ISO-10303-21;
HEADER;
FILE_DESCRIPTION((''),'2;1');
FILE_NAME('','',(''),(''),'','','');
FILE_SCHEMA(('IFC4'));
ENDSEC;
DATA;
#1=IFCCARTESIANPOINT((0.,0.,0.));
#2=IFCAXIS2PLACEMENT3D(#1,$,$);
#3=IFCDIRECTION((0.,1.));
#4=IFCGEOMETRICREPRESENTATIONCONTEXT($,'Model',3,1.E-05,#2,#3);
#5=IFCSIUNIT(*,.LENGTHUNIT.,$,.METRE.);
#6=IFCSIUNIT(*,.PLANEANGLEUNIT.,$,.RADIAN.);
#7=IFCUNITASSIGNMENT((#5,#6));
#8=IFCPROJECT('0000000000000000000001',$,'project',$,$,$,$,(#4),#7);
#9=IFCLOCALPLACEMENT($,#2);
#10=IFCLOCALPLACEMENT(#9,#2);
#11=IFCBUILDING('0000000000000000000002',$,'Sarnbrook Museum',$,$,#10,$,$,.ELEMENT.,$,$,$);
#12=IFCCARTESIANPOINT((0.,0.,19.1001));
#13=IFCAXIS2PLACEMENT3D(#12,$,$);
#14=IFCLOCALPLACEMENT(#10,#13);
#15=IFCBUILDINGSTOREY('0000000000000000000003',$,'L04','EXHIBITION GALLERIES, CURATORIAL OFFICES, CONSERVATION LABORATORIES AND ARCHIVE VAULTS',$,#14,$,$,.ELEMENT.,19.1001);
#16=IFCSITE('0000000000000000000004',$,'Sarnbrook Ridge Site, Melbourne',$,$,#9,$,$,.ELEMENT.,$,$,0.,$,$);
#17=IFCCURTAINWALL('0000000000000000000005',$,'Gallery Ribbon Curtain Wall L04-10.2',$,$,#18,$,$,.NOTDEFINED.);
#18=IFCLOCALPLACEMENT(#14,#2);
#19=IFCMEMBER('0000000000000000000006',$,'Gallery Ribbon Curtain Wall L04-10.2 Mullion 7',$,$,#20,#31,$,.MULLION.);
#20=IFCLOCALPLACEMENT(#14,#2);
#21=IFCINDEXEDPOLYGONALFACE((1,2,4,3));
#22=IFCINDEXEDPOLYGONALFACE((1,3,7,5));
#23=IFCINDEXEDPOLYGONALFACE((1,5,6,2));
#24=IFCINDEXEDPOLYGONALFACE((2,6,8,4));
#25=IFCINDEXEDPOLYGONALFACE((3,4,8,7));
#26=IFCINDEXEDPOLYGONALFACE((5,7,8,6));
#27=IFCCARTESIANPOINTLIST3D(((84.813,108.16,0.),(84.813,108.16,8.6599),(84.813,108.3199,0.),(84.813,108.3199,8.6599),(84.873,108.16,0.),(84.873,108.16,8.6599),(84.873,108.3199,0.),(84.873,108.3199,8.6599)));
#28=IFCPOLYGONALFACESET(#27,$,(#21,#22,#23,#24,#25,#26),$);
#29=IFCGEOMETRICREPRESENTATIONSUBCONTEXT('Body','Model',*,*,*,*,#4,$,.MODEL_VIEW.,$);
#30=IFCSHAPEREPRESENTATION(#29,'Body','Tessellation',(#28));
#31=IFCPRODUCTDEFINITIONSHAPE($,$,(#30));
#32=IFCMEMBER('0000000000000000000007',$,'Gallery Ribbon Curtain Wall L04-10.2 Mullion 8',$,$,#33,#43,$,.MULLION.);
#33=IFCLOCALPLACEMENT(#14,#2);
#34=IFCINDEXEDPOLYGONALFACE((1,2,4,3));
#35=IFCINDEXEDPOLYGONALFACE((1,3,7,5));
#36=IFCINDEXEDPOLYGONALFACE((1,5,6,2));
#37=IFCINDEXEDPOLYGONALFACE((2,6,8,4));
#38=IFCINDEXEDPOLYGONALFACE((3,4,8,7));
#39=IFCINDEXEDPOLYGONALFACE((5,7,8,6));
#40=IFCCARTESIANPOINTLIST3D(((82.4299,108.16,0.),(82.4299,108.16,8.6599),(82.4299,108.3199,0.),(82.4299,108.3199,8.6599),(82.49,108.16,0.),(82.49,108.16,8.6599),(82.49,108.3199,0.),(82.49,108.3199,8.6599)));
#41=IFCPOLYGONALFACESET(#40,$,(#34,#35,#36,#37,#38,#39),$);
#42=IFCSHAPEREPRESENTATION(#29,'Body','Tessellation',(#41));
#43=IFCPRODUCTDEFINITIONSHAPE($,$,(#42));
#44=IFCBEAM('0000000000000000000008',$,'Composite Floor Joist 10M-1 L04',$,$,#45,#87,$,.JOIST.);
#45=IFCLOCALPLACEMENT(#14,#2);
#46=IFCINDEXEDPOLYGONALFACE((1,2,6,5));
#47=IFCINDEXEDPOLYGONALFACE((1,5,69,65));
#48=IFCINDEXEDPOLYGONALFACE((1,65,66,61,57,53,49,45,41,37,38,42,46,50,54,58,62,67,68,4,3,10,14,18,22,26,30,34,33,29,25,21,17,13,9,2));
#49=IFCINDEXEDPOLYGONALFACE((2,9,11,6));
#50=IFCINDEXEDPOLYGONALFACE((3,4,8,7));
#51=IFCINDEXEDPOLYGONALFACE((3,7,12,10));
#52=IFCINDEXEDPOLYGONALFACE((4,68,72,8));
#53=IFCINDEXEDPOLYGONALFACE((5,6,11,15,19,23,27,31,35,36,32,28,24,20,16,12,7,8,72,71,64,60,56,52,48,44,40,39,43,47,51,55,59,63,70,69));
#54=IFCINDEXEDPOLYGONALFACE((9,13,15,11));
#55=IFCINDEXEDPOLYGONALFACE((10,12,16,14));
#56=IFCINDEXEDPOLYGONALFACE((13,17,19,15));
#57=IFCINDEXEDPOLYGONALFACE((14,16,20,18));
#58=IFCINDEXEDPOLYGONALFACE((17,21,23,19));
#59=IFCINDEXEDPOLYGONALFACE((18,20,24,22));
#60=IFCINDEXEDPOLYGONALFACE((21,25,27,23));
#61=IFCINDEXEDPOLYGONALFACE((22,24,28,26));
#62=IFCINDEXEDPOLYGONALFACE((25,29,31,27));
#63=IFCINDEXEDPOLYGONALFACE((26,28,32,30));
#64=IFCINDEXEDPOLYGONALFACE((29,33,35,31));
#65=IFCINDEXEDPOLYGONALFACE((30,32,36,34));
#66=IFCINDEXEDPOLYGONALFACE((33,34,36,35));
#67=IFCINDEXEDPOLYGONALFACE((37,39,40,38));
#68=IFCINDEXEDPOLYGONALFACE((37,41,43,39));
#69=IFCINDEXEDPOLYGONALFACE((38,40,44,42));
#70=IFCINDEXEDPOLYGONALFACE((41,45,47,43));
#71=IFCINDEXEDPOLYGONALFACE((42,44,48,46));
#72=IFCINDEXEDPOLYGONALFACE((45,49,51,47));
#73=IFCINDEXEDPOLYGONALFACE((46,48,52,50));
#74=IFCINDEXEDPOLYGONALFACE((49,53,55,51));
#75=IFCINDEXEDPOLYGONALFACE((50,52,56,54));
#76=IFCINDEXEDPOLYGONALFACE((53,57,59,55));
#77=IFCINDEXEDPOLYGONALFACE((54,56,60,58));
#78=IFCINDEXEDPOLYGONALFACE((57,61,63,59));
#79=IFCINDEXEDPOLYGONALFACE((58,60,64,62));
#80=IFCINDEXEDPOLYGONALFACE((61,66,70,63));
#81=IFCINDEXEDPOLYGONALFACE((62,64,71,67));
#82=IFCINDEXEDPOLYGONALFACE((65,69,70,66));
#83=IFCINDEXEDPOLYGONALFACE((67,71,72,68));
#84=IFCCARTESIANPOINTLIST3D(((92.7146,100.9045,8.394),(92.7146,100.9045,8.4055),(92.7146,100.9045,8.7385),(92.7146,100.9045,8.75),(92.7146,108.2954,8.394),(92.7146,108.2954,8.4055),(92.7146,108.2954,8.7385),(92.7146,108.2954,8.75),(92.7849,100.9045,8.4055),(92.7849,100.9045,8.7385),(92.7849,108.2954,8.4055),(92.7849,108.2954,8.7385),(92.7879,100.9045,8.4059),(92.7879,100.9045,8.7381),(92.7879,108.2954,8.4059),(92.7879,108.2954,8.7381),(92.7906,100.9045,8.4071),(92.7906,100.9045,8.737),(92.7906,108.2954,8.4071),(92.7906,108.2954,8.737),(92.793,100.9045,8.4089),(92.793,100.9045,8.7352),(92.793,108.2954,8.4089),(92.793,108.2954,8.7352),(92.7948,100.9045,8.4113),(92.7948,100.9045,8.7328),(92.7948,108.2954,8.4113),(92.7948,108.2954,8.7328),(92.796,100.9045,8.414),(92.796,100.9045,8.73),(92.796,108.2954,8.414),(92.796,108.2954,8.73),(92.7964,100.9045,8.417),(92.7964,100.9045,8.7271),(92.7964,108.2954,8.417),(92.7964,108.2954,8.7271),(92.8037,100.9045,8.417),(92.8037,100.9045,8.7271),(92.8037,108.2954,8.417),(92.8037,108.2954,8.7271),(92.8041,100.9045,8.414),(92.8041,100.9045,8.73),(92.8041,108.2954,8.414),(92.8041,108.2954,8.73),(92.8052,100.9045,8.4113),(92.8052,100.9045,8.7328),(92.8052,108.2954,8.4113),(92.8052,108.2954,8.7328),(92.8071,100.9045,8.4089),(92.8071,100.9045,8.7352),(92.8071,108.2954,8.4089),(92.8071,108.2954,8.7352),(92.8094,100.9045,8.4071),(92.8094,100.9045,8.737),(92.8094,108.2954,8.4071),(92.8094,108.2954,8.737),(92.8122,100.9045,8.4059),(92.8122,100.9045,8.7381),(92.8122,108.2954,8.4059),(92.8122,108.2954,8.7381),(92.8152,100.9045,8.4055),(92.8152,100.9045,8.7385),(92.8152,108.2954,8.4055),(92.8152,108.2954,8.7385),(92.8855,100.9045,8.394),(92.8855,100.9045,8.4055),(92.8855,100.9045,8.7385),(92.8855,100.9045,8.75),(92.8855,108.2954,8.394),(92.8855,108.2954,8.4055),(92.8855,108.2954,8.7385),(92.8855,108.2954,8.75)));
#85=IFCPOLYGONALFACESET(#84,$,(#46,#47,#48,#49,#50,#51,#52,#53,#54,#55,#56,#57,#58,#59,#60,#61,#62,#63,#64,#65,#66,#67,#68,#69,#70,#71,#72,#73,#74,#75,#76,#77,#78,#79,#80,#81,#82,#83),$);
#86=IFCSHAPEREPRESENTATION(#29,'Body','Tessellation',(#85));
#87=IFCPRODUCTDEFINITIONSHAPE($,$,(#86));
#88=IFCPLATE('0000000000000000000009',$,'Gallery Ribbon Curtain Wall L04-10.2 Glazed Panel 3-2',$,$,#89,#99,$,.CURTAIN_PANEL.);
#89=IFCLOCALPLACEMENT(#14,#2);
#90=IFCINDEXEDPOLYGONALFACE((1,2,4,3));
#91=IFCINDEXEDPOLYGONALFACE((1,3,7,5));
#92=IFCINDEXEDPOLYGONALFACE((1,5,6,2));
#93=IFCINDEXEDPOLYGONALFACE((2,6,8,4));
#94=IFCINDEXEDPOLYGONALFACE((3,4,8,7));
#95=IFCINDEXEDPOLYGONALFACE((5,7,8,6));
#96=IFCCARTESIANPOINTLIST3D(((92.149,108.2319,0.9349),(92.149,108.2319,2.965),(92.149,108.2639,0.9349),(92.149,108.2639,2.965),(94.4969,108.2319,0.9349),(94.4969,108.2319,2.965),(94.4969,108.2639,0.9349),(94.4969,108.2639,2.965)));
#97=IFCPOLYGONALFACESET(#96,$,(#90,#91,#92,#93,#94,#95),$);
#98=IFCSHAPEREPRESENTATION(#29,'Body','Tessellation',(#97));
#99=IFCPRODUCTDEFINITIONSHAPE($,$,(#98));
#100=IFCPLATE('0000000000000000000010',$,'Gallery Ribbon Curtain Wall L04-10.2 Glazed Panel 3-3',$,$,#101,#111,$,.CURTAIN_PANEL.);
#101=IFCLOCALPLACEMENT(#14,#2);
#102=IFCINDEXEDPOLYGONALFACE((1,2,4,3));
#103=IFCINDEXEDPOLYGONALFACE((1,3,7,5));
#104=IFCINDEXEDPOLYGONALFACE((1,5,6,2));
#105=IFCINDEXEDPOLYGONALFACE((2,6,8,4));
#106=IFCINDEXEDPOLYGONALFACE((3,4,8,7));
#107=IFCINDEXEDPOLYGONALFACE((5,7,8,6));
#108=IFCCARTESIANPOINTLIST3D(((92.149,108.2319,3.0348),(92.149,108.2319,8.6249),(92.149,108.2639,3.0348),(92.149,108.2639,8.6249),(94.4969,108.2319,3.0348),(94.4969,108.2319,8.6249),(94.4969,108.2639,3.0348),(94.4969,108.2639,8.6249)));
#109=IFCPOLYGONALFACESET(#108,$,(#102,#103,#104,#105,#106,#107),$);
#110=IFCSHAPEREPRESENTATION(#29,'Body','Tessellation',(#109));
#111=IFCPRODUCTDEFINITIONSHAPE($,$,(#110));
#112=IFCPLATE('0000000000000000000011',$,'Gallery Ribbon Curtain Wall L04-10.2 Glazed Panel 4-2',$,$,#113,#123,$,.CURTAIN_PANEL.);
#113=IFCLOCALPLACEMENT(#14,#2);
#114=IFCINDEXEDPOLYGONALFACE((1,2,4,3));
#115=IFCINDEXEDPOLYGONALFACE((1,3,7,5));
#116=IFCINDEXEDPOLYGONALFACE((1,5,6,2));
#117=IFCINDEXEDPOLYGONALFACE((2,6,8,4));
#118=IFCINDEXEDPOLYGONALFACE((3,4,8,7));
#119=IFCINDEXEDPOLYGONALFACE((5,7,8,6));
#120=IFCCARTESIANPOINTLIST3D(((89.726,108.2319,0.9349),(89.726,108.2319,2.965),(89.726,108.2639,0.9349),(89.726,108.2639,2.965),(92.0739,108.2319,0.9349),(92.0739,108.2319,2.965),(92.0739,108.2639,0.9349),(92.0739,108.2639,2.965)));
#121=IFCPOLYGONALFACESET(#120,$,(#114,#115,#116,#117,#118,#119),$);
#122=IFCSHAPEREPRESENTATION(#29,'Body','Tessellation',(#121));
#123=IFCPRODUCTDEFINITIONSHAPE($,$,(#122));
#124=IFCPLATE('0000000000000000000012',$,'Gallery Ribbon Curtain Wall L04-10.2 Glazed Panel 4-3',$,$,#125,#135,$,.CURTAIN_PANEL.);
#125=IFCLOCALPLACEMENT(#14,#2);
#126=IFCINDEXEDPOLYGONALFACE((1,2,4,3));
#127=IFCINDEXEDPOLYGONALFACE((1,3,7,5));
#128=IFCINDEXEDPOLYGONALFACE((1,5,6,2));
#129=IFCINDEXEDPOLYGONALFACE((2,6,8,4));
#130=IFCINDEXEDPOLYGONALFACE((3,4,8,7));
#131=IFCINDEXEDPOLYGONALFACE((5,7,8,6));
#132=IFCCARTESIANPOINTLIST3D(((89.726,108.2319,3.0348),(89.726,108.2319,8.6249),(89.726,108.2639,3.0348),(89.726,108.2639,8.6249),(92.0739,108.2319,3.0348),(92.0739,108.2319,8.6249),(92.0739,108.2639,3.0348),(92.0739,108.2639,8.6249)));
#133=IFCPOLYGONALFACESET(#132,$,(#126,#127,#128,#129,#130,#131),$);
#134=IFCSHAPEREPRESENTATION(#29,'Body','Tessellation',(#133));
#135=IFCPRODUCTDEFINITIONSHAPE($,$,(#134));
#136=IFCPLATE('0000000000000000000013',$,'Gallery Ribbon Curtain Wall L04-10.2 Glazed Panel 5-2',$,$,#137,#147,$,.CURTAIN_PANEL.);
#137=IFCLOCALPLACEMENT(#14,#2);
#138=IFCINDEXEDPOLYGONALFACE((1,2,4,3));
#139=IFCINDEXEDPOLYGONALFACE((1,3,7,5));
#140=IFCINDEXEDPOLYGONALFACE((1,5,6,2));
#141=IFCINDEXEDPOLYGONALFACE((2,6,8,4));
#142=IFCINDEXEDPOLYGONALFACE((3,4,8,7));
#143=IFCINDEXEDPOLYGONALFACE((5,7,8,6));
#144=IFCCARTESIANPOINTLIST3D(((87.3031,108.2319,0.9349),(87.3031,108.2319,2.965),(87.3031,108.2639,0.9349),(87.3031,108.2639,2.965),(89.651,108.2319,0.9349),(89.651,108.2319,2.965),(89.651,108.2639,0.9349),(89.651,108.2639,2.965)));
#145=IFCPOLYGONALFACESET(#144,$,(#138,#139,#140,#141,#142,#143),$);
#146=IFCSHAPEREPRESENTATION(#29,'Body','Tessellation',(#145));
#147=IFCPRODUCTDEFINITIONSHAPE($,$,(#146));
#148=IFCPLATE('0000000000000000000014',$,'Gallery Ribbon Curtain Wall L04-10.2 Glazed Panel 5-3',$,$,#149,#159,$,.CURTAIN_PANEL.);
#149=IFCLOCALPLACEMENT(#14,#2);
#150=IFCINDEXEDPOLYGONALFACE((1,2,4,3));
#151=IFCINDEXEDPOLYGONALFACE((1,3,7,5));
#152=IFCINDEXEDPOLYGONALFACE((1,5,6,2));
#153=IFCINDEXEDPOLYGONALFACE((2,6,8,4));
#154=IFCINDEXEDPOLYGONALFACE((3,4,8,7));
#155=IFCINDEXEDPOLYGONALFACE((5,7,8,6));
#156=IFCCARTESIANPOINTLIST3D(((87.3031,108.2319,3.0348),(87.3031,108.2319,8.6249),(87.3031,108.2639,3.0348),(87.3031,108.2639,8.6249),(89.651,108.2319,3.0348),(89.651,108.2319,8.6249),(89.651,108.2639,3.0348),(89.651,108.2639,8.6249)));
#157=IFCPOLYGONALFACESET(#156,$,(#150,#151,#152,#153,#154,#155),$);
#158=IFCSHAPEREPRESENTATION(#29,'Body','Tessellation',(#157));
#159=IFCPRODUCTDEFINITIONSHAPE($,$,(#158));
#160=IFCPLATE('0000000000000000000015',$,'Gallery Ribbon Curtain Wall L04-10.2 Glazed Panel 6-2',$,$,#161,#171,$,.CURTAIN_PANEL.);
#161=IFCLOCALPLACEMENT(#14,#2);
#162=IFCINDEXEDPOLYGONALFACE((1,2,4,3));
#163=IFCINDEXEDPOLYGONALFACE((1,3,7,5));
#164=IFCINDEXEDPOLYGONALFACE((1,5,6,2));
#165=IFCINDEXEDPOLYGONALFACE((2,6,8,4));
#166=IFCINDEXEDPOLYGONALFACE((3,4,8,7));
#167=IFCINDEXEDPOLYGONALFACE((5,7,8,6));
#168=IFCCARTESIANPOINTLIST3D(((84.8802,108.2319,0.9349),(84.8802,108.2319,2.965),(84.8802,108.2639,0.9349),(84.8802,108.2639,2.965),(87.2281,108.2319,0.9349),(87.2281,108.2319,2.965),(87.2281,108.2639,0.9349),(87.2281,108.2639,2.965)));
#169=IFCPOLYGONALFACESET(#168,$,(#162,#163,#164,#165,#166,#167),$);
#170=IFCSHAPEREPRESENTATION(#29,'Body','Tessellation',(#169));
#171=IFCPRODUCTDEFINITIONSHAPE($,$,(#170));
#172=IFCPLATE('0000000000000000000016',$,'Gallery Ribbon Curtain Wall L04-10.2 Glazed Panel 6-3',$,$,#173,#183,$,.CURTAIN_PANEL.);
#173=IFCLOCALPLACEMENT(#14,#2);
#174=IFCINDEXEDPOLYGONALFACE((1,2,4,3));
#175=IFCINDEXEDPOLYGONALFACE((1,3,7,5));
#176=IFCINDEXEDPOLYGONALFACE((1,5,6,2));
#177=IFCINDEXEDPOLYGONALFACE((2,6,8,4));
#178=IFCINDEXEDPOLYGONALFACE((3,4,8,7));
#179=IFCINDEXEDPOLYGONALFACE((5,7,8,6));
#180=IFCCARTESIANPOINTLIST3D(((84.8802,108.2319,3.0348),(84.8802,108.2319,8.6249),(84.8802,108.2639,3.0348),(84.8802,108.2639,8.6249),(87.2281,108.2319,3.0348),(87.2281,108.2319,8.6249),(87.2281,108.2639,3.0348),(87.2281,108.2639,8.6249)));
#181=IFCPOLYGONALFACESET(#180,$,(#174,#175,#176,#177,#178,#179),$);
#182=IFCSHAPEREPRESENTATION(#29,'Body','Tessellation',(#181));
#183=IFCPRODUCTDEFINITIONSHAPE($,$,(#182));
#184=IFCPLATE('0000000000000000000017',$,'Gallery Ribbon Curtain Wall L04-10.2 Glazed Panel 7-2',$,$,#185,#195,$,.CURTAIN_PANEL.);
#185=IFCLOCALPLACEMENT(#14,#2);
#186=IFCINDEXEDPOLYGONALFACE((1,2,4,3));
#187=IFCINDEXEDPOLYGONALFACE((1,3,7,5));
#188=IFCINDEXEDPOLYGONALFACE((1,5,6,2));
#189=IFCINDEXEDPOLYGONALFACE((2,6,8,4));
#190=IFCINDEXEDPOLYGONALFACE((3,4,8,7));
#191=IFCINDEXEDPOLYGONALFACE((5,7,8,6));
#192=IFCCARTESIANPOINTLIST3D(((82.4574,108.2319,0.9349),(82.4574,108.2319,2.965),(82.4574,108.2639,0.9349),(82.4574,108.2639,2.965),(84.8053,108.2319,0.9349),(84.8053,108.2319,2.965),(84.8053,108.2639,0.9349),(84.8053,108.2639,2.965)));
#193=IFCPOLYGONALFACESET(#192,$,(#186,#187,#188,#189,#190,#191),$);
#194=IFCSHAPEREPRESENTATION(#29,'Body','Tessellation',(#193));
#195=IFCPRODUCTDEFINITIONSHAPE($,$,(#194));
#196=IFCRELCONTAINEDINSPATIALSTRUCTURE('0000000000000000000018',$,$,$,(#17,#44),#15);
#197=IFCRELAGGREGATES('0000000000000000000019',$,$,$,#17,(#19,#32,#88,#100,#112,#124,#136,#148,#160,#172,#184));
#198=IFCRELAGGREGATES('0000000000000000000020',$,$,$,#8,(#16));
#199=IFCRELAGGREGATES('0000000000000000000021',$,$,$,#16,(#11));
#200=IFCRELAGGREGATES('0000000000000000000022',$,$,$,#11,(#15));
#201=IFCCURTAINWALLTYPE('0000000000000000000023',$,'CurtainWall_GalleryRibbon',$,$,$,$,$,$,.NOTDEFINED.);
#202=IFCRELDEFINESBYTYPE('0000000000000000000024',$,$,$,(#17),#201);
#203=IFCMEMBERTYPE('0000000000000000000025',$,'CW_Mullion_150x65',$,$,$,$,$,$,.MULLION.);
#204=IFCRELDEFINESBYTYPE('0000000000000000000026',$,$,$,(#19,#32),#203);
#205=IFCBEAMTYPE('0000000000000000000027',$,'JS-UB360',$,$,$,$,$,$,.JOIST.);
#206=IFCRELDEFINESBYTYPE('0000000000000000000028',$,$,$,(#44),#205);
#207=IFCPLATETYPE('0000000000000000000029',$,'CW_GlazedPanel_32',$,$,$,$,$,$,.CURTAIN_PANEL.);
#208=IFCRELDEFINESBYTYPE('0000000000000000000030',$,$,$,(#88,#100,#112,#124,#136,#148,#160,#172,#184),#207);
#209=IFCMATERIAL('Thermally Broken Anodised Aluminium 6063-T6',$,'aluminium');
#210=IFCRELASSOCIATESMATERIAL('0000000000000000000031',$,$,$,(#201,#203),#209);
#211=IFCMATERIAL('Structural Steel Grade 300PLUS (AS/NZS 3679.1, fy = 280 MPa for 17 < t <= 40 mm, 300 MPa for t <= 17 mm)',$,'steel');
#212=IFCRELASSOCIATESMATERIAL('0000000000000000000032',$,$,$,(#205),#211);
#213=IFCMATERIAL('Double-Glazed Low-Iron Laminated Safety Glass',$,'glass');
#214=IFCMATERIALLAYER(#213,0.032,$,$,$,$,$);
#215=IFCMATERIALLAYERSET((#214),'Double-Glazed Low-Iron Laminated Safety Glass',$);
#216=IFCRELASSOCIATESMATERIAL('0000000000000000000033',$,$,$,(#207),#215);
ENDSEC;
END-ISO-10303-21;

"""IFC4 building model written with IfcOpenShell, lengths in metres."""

from ifc_helpers import new_model, si_unit, direction, frame, origin, origin_2d, place, context, subcontext, project, spatial, rectangle, i_section, extrude, material, layer, layer_set, material_profile, profile_set, type_object, element, aggregate, save


model = new_model("IFC4")

# Units and contexts
model_context = context("Model", 3, precision=1e-05, world=origin(), true_north=direction((0.0, 1.0)))
body_context = subcontext(model_context, "Body", "Model", "MODEL_VIEW")
ifc_project = project(units=[si_unit("LENGTHUNIT", "METRE"), si_unit("PLANEANGLEUNIT", "RADIAN")], contexts=[model_context])

# Site, building, storey
site_placement = place(None, origin())
site = spatial("IfcSite", under=ifc_project, at=site_placement, Name="Sarnbrook Ridge Site, Melbourne", CompositionType="ELEMENT", RefElevation=0.0)
building_placement = place(site_placement, origin())
building = spatial("IfcBuilding", under=site, at=building_placement, Name="Sarnbrook Museum", CompositionType="ELEMENT")
storey_placement = place(building_placement, frame((0.0, 0.0, 19.1001)))
storey = spatial("IfcBuildingStorey", under=building, at=storey_placement, Name="L04", Description="EXHIBITION GALLERIES, CURATORIAL OFFICES, CONSERVATION LABORATORIES AND ARCHIVE VAULTS", CompositionType="ELEMENT", Elevation=19.1001)

# Shared definitions
ifc_material_1 = material(Name="Structural Steel Grade 300PLUS (AS/NZS 3679.1, fy = 280 MPa for 17 < t <= 40 mm, 300 MPa for t <= 17 mm)", Category="steel")

# Curtain wall, members
ifc_material_2 = material(Name="Thermally Broken Anodised Aluminium 6063-T6", Category="aluminium")
curtain_wall_type = type_object("IfcCurtainWallType", Name="CurtainWall_GalleryRibbon", PredefinedType="NOTDEFINED", material=ifc_material_2)
curtain_wall_placement = place(storey_placement, origin())
curtain_wall = element("IfcCurtainWall", 1, at=curtain_wall_placement, inside=storey, type_object=curtain_wall_type, Name="Gallery Ribbon Curtain Wall L04-10.2", PredefinedType="NOTDEFINED")
ifc_material_profile_1 = material_profile(ifc_material_2, rectangle(XDim=0.0601, YDim=0.1599, at=origin_2d()), Name="ALU MULLION 60x160")
ifc_profile_set_1 = profile_set([ifc_material_profile_1], Name="Thermally Broken Anodised Aluminium 6063-T6")
member_type = type_object("IfcMemberType", Name="CW_Mullion_150x65", PredefinedType="MULLION", material=ifc_profile_set_1)
member_1_placement = place(storey_placement, frame((84.843, 108.24, 0.0), z_axis=(0.0, 0.0, 1.0), x_axis=(1.0, 0.0, 0.0)))
member_1 = element("IfcMember", 2, at=member_1_placement, type_object=member_type, Name="Gallery Ribbon Curtain Wall L04-10.2 Mullion 7", PredefinedType="MULLION", context=body_context, shape_type="SweptSolid", body=[
    extrude(rectangle(XDim=0.0601, YDim=0.1599, at=origin_2d()), origin(), (0.0, 0.0, 1.0), 8.6599),
])
member_2_placement = place(storey_placement, frame((82.46, 108.24, 0.0), z_axis=(0.0, 0.0, 1.0), x_axis=(1.0, 0.0, 0.0)))
member_2 = element("IfcMember", 3, at=member_2_placement, type_object=member_type, Name="Gallery Ribbon Curtain Wall L04-10.2 Mullion 8", PredefinedType="MULLION", context=body_context, shape_type="SweptSolid", body=[
    extrude(rectangle(XDim=0.0601, YDim=0.1599, at=origin_2d()), origin(), (0.0, 0.0, 1.0), 8.6599),
])

# Beam
ifc_material_profile_2 = material_profile(ifc_material_1, i_section(OverallWidth=0.1709, OverallDepth=0.356, WebThickness=0.0073, FlangeThickness=0.0115, FilletRadius=0.0115, at=origin_2d()), Name="360UB50.7")
ifc_profile_set_2 = profile_set([ifc_material_profile_2], Name="Structural Steel Grade 300PLUS (AS/NZS 3679.1, fy = 280 MPa for 17 < t <= 40 mm, 300 MPa for t <= 17 mm)")
beam_type_1 = type_object("IfcBeamType", Name="JS-UB360", PredefinedType="JOIST", material=ifc_profile_set_2)
beam_1_placement = place(storey_placement, frame((92.8, 100.9045, 8.572), z_axis=(0.0, 1.0, 0.0), x_axis=(-1.0, 0.0, 0.0)))
element("IfcBeam", 4, at=beam_1_placement, inside=storey, type_object=beam_type_1, Name="Composite Floor Joist 10M-1 L04", PredefinedType="JOIST", context=body_context, shape_type="SweptSolid", body=[
    extrude(i_section(OverallWidth=0.1709, OverallDepth=0.356, WebThickness=0.0073, FlangeThickness=0.0115, FilletRadius=0.0115, at=origin_2d()), origin(), (0.0, 0.0, 1.0), 7.3909),
])

# Plates
ifc_material_3 = material(Name="Double-Glazed Low-Iron Laminated Safety Glass", Category="glass")
ifc_layer_1 = layer(ifc_material_3, 0.032)
ifc_layer_set_1 = layer_set([ifc_layer_1], Name="Double-Glazed Low-Iron Laminated Safety Glass")
plate_type_1 = type_object("IfcPlateType", Name="CW_GlazedPanel_32", PredefinedType="CURTAIN_PANEL", material=ifc_layer_set_1)
plate_1_placement = place(storey_placement, frame((93.323, 108.2319, 1.95), z_axis=(0.0, 1.0, 0.0), x_axis=(-1.0, 0.0, 0.0)))
plate_1 = element("IfcPlate", 5, at=plate_1_placement, type_object=plate_type_1, Name="Gallery Ribbon Curtain Wall L04-10.2 Glazed Panel 3-2", PredefinedType="CURTAIN_PANEL", context=body_context, shape_type="SweptSolid", body=[
    extrude(rectangle(XDim=2.3479, YDim=2.03, at=origin_2d()), origin(), (0.0, 0.0, 1.0), 0.032),
])
plate_2_placement = place(storey_placement, frame((93.323, 108.2319, 5.8298), z_axis=(0.0, 1.0, 0.0), x_axis=(-1.0, 0.0, 0.0)))
plate_2 = element("IfcPlate", 6, at=plate_2_placement, type_object=plate_type_1, Name="Gallery Ribbon Curtain Wall L04-10.2 Glazed Panel 3-3", PredefinedType="CURTAIN_PANEL", context=body_context, shape_type="SweptSolid", body=[
    extrude(rectangle(XDim=2.3479, YDim=5.5901, at=origin_2d()), origin(), (0.0, 0.0, 1.0), 0.032),
])
plate_3_placement = place(storey_placement, frame((90.8999, 108.2319, 1.95), z_axis=(0.0, 1.0, 0.0), x_axis=(-1.0, 0.0, 0.0)))
plate_3 = element("IfcPlate", 7, at=plate_3_placement, type_object=plate_type_1, Name="Gallery Ribbon Curtain Wall L04-10.2 Glazed Panel 4-2", PredefinedType="CURTAIN_PANEL", context=body_context, shape_type="SweptSolid", body=[
    extrude(rectangle(XDim=2.3479, YDim=2.03, at=origin_2d()), origin(), (0.0, 0.0, 1.0), 0.032),
])
plate_4_placement = place(storey_placement, frame((90.8999, 108.2319, 5.8298), z_axis=(0.0, 1.0, 0.0), x_axis=(-1.0, 0.0, 0.0)))
plate_4 = element("IfcPlate", 8, at=plate_4_placement, type_object=plate_type_1, Name="Gallery Ribbon Curtain Wall L04-10.2 Glazed Panel 4-3", PredefinedType="CURTAIN_PANEL", context=body_context, shape_type="SweptSolid", body=[
    extrude(rectangle(XDim=2.3479, YDim=5.5901, at=origin_2d()), origin(), (0.0, 0.0, 1.0), 0.032),
])
plate_5_placement = place(storey_placement, frame((88.4771, 108.2319, 1.95), z_axis=(0.0, 1.0, 0.0), x_axis=(-1.0, 0.0, 0.0)))
plate_5 = element("IfcPlate", 9, at=plate_5_placement, type_object=plate_type_1, Name="Gallery Ribbon Curtain Wall L04-10.2 Glazed Panel 5-2", PredefinedType="CURTAIN_PANEL", context=body_context, shape_type="SweptSolid", body=[
    extrude(rectangle(XDim=2.3479, YDim=2.03, at=origin_2d()), origin(), (0.0, 0.0, 1.0), 0.032),
])
plate_6_placement = place(storey_placement, frame((88.4771, 108.2319, 5.8298), z_axis=(0.0, 1.0, 0.0), x_axis=(-1.0, 0.0, 0.0)))
plate_6 = element("IfcPlate", 10, at=plate_6_placement, type_object=plate_type_1, Name="Gallery Ribbon Curtain Wall L04-10.2 Glazed Panel 5-3", PredefinedType="CURTAIN_PANEL", context=body_context, shape_type="SweptSolid", body=[
    extrude(rectangle(XDim=2.3479, YDim=5.5901, at=origin_2d()), origin(), (0.0, 0.0, 1.0), 0.032),
])
plate_7_placement = place(storey_placement, frame((86.0542, 108.2319, 1.95), z_axis=(0.0, 1.0, 0.0), x_axis=(-1.0, 0.0, 0.0)))
plate_7 = element("IfcPlate", 11, at=plate_7_placement, type_object=plate_type_1, Name="Gallery Ribbon Curtain Wall L04-10.2 Glazed Panel 6-2", PredefinedType="CURTAIN_PANEL", context=body_context, shape_type="SweptSolid", body=[
    extrude(rectangle(XDim=2.3479, YDim=2.03, at=origin_2d()), origin(), (0.0, 0.0, 1.0), 0.032),
])
plate_8_placement = place(storey_placement, frame((86.0542, 108.2319, 5.8298), z_axis=(0.0, 1.0, 0.0), x_axis=(-1.0, 0.0, 0.0)))
plate_8 = element("IfcPlate", 12, at=plate_8_placement, type_object=plate_type_1, Name="Gallery Ribbon Curtain Wall L04-10.2 Glazed Panel 6-3", PredefinedType="CURTAIN_PANEL", context=body_context, shape_type="SweptSolid", body=[
    extrude(rectangle(XDim=2.3479, YDim=5.5901, at=origin_2d()), origin(), (0.0, 0.0, 1.0), 0.032),
])
plate_9_placement = place(storey_placement, frame((83.6313, 108.2319, 1.95), z_axis=(0.0, 1.0, 0.0), x_axis=(-1.0, 0.0, 0.0)))
plate_9 = element("IfcPlate", 13, at=plate_9_placement, type_object=plate_type_1, Name="Gallery Ribbon Curtain Wall L04-10.2 Glazed Panel 7-2", PredefinedType="CURTAIN_PANEL", context=body_context, shape_type="SweptSolid", body=[
    extrude(rectangle(XDim=2.3479, YDim=2.03, at=origin_2d()), origin(), (0.0, 0.0, 1.0), 0.032),
])
aggregate(curtain_wall, [member_1, member_2, plate_1, plate_2, plate_3, plate_4, plate_5, plate_6, plate_7, plate_8, plate_9])

save(model, "model.ifc")
